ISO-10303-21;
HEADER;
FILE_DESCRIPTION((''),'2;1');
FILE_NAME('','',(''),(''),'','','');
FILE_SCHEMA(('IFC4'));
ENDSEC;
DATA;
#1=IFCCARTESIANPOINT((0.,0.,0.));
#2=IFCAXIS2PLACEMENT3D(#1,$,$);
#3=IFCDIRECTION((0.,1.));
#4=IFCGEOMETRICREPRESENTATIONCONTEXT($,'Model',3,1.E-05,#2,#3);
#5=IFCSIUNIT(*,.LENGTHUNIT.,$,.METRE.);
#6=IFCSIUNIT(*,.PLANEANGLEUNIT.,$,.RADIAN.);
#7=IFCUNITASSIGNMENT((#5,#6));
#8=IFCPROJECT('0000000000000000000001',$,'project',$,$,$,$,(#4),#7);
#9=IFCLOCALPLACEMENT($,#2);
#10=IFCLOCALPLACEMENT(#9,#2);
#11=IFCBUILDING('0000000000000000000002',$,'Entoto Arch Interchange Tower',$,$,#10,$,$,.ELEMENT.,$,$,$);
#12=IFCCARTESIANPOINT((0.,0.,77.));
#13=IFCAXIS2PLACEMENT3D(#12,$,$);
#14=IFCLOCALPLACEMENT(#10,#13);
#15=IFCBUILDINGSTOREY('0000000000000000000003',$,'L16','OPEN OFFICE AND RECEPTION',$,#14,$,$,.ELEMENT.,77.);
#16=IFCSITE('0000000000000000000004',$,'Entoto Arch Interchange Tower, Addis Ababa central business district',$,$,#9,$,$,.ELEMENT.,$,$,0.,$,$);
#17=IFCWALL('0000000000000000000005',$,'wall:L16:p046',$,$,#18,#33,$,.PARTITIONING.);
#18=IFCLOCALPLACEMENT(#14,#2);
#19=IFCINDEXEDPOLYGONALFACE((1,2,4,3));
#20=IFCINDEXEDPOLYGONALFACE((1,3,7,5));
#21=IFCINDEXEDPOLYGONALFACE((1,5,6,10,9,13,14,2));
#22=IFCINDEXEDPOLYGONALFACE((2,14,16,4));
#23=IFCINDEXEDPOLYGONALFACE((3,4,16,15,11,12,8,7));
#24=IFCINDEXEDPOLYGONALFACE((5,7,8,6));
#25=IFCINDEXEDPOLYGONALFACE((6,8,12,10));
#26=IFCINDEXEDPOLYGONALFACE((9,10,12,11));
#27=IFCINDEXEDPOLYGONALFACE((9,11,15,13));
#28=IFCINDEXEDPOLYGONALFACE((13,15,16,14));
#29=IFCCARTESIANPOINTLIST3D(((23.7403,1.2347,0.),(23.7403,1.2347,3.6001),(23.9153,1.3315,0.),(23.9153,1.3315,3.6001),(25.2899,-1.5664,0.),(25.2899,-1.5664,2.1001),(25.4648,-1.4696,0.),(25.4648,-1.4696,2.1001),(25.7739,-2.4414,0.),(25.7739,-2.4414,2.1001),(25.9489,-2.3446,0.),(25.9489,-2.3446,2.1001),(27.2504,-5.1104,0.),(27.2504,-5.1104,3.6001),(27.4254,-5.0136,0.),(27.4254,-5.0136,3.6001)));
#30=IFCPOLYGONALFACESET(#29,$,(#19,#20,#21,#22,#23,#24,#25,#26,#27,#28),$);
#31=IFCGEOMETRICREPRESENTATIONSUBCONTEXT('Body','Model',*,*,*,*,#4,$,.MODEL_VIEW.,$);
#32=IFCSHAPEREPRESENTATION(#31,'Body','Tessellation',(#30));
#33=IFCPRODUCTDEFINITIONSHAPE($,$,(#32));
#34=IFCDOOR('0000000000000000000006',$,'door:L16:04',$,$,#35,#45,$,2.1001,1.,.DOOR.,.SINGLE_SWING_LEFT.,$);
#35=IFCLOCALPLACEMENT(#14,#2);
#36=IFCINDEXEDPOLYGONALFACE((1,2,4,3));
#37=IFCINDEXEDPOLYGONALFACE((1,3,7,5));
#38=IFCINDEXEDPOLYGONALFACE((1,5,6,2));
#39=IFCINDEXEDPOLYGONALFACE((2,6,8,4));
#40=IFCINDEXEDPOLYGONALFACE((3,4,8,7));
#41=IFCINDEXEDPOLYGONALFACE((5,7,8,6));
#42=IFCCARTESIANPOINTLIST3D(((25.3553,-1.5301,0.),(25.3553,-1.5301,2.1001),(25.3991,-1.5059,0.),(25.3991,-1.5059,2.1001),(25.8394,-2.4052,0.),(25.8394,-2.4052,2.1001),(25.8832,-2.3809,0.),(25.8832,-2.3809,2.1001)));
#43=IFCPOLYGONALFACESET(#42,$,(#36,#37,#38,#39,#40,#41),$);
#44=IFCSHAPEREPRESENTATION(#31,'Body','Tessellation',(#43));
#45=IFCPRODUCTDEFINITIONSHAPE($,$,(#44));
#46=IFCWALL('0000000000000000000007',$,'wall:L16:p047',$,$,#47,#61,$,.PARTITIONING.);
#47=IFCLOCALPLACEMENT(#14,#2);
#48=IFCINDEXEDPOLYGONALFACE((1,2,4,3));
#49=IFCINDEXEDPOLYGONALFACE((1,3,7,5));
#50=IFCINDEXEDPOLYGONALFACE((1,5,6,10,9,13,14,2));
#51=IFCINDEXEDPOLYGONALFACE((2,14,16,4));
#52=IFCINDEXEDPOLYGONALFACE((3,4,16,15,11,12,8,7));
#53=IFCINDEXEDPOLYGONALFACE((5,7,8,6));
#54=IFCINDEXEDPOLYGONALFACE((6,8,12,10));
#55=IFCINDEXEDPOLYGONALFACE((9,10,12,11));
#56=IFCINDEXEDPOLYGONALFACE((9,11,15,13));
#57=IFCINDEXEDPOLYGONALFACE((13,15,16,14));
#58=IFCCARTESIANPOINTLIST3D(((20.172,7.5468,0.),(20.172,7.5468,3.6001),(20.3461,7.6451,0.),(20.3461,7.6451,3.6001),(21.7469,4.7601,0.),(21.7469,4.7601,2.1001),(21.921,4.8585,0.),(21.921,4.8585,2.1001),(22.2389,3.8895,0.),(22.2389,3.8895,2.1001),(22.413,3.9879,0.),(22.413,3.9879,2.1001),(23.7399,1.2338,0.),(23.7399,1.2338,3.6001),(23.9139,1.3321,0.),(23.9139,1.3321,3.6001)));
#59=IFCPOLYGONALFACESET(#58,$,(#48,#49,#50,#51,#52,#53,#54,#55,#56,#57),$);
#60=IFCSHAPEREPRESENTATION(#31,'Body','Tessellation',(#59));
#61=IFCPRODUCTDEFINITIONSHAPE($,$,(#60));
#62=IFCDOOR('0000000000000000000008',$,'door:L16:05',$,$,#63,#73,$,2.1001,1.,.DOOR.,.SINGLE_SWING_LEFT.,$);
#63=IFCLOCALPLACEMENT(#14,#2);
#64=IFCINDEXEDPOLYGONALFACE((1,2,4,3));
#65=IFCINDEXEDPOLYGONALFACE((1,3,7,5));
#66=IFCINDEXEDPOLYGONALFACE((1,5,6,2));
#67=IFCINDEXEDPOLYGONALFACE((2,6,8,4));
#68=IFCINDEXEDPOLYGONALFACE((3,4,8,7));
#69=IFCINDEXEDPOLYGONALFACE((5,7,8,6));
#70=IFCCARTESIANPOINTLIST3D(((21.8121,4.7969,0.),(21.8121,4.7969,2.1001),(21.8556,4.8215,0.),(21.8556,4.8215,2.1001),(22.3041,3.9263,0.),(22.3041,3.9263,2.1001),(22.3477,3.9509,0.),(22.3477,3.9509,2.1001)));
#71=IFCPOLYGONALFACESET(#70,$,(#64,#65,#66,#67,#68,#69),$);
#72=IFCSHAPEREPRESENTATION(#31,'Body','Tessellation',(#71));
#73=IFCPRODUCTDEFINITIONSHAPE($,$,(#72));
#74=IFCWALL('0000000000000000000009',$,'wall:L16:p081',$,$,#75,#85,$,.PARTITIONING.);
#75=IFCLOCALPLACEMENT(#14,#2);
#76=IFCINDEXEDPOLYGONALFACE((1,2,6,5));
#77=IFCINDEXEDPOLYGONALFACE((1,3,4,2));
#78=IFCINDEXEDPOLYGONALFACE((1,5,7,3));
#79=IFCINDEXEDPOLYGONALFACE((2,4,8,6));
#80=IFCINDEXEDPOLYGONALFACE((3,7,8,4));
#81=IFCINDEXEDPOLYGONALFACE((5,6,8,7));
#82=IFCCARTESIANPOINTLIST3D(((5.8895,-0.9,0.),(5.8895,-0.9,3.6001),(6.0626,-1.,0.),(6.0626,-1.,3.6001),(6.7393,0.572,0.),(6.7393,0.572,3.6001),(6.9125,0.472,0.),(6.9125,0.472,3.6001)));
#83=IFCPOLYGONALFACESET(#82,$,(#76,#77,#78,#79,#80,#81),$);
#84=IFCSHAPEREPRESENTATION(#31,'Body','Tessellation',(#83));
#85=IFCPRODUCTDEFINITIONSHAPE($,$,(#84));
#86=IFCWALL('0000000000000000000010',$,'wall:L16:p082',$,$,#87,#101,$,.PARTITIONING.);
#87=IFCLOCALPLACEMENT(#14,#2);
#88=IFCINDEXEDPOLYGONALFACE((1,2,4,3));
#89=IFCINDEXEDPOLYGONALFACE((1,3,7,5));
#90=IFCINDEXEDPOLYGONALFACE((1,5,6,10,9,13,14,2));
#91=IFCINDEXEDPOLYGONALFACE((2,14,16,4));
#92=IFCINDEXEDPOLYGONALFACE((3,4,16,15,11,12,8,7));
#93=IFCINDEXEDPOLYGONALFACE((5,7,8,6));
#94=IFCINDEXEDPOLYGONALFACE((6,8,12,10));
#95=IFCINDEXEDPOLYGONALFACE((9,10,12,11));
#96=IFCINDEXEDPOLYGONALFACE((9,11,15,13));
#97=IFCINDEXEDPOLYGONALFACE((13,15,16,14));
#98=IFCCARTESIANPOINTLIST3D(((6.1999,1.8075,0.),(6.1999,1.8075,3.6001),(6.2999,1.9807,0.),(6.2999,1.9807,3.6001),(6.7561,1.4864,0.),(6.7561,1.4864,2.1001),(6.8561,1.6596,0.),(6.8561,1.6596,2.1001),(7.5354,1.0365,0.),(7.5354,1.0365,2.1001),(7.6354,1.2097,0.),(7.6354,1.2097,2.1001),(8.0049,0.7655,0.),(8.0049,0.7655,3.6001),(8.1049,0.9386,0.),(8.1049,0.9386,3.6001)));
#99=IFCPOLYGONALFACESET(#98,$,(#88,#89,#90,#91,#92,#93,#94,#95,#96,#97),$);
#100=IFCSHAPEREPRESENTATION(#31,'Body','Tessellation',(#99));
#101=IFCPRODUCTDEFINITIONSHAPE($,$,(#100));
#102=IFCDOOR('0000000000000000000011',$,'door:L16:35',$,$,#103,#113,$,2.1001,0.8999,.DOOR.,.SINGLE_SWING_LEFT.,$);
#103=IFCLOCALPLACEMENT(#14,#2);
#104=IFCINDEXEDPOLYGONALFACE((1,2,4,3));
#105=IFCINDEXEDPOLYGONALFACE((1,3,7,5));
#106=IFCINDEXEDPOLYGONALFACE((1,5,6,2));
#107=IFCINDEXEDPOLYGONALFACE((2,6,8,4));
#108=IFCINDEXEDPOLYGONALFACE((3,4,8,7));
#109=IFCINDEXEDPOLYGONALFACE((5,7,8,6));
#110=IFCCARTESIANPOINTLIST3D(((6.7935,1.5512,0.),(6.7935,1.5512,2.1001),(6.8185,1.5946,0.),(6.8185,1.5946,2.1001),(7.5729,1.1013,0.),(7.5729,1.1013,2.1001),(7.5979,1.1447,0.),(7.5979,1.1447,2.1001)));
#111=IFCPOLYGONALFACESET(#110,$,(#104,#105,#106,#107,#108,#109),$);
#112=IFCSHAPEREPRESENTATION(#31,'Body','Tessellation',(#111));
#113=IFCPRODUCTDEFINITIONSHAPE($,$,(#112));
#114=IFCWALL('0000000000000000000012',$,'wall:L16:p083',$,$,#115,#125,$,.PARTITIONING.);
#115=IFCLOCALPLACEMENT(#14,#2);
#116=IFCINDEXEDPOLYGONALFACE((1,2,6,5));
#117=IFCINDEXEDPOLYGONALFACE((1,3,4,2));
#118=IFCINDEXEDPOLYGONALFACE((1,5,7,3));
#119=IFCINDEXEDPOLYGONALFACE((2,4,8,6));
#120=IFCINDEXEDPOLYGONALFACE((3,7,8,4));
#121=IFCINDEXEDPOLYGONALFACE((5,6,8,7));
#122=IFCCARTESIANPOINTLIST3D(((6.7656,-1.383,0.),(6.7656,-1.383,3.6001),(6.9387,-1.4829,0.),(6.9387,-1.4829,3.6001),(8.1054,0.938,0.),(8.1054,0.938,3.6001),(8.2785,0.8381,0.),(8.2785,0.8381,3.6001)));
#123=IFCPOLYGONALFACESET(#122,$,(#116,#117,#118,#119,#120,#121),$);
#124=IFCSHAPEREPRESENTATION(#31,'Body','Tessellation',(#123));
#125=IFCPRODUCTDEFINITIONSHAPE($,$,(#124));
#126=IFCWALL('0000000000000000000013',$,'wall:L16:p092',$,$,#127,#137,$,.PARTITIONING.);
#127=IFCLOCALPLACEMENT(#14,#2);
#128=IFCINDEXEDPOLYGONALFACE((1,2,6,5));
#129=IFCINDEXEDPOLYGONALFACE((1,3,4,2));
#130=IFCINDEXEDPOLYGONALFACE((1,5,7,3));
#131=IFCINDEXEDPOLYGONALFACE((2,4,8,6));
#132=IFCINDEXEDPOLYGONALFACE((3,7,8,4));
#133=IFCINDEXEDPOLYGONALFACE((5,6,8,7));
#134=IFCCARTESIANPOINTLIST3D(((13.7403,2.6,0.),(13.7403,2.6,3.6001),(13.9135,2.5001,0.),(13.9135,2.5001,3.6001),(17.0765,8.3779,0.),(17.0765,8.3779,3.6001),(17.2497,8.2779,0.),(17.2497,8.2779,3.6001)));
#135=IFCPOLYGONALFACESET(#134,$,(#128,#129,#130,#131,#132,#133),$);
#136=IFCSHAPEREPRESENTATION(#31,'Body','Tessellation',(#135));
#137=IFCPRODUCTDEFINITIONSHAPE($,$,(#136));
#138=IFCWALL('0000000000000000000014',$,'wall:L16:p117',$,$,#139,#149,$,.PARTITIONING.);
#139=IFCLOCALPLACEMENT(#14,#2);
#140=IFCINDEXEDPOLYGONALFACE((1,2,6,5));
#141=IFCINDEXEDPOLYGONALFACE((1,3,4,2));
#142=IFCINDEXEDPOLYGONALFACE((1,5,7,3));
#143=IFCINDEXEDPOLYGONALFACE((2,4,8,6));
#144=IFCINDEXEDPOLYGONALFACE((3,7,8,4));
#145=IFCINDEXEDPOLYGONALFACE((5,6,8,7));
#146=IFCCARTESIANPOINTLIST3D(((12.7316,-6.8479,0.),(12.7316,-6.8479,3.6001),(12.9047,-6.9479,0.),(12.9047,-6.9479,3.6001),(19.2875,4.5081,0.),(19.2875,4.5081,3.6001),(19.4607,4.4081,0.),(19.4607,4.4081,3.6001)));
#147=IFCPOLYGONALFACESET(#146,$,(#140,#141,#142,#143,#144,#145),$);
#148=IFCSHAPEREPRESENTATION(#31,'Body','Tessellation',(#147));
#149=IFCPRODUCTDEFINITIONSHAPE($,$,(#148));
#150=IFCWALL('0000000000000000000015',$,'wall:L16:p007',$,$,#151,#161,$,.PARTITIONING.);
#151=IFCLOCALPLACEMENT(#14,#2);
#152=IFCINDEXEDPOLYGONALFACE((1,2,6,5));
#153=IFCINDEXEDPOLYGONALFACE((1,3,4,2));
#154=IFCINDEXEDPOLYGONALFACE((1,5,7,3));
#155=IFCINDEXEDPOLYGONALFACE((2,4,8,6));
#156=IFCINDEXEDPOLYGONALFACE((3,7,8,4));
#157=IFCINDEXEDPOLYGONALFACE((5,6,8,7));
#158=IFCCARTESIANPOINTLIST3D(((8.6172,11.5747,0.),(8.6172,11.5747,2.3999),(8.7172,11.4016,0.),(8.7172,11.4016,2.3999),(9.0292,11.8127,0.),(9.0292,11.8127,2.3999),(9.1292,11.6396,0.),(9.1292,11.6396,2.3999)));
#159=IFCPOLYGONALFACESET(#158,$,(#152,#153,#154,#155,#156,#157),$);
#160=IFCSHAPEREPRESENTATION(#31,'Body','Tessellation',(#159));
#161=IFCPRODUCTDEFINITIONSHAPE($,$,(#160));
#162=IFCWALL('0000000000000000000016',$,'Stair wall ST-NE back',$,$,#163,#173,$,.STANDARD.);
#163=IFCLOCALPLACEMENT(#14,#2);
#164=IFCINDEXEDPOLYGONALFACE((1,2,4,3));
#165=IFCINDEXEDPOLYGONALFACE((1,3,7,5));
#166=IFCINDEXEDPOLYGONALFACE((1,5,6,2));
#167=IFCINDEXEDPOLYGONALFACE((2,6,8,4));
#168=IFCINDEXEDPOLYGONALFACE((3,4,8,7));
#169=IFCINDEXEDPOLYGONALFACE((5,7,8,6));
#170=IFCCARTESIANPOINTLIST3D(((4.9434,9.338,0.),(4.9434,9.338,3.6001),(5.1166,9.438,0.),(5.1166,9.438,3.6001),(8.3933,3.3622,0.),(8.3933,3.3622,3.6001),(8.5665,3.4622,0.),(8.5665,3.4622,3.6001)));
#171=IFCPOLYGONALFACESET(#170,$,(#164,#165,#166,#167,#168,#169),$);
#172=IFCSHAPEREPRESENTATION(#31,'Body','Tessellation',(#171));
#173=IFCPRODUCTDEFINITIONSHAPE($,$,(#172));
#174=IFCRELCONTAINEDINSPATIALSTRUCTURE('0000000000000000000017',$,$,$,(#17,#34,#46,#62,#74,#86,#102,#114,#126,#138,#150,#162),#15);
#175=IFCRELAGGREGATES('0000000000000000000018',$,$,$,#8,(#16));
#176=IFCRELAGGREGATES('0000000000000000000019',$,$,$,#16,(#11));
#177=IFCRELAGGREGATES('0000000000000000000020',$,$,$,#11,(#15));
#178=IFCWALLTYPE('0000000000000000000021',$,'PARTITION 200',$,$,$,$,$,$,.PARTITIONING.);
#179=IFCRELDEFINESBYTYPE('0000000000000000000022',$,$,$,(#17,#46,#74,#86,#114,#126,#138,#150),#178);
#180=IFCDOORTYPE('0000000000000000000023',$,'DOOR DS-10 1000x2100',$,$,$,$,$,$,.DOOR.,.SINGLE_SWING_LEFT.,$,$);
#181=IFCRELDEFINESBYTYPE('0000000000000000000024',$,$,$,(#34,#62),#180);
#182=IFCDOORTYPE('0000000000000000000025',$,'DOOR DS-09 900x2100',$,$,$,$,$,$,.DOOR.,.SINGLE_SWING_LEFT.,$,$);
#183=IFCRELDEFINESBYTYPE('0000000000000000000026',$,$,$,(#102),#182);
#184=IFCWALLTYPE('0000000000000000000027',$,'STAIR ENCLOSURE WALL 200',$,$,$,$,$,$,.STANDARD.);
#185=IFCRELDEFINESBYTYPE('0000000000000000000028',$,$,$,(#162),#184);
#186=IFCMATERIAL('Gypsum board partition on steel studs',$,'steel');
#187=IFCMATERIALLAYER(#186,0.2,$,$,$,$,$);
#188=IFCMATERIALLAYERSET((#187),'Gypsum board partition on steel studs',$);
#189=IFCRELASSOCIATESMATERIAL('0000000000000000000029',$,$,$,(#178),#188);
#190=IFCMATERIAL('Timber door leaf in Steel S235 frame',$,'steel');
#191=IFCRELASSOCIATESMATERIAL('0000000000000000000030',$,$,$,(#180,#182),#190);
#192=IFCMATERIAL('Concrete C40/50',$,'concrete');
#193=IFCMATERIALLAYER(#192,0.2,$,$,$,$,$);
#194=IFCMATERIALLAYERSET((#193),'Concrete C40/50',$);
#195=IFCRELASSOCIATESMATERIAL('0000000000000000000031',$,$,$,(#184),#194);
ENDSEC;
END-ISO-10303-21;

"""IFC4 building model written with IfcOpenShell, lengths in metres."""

from ifc_helpers import new_model, si_unit, direction, frame, frame_2d, origin, place, context, subcontext, project, spatial, rectangle, extrude, material, layer, layer_set, type_object, element, fill, save


model = new_model("IFC4")

# Units and contexts
model_context = context("Model", 3, precision=1e-05, world=origin(), true_north=direction((0.0, 1.0)))
body_context = subcontext(model_context, "Body", "Model", "MODEL_VIEW")
ifc_project = project(units=[si_unit("LENGTHUNIT", "METRE"), si_unit("PLANEANGLEUNIT", "RADIAN")], contexts=[model_context])

# Site, building, storey
site_placement = place(None, origin())
site = spatial("IfcSite", under=ifc_project, at=site_placement, Name="Entoto Arch Interchange Tower, Addis Ababa central business district", CompositionType="ELEMENT", RefElevation=0.0)
building_placement = place(site_placement, origin())
building = spatial("IfcBuilding", under=site, at=building_placement, Name="Entoto Arch Interchange Tower", CompositionType="ELEMENT")
storey_placement = place(building_placement, frame((0.0, 0.0, 77.0)))
storey = spatial("IfcBuildingStorey", under=building, at=storey_placement, Name="L16", Description="OPEN OFFICE AND RECEPTION", CompositionType="ELEMENT", Elevation=77.0)

# Shared definitions
ifc_material_1 = material(Name="Concrete C40/50", Category="concrete")
ifc_material_2 = material(Name="Gypsum board partition on steel studs", Category="steel")
ifc_layer_1 = layer(ifc_material_2, 0.2)
ifc_layer_set_1 = layer_set([ifc_layer_1], Name="Gypsum board partition on steel studs")
wall_type_1 = type_object("IfcWallType", Name="PARTITION 200", PredefinedType="PARTITIONING", material=ifc_layer_set_1)

# Walls, openings, doors
wall_1_placement = place(storey_placement, frame((23.8279, 1.283, 0.0), z_axis=(0.0, 0.0, 1.0), x_axis=(0.484064, -0.875033, 0.0)))
wall_1 = element("IfcWall", 1, at=wall_1_placement, inside=storey, type_object=wall_type_1, Name="wall:L16:p046", PredefinedType="PARTITIONING", context=body_context, shape_type="SweptSolid", body=[
    extrude(rectangle(XDim=7.2512, YDim=0.2, at=frame_2d((3.6255, 0.0))), origin(), (0.0, 0.0, 1.0), 3.6001),
])
opening_1_placement = place(wall_1_placement, frame((3.2009, 0.0, 0.0)))
opening_1 = element("IfcOpeningElement", 2, at=opening_1_placement, cuts=wall_1, PredefinedType="OPENING", context=body_context, shape_type="SweptSolid", body=[
    extrude(rectangle(XDim=1.0, YDim=2.1001, at=frame_2d((0.5, 1.05))), frame((0.0, 0.1099, 0.0), z_axis=(0.0, -1.0, 0.0), x_axis=(1.0, 0.0, 0.0)), (0.0, 0.0, 1.0), 0.22),
])
ifc_material_3 = material(Name="Timber door leaf in Steel S235 frame", Category="steel")
door_type_1 = type_object("IfcDoorType", Name="DOOR DS-10 1000x2100", OperationType="SINGLE_SWING_LEFT", PredefinedType="DOOR", material=ifc_material_3)
door_1_placement = place(opening_1_placement, origin())
door_1 = element("IfcDoor", 3, at=door_1_placement, inside=storey, type_object=door_type_1, Name="door:L16:04", OperationType="SINGLE_SWING_LEFT", OverallHeight=2.1001, OverallWidth=1.0, PredefinedType="DOOR", context=body_context, shape_type="SweptSolid", body=[
    extrude(rectangle(XDim=1.0, YDim=2.1001, at=frame_2d((0.5, 1.05))), frame((0.0, 0.0249, 0.0), z_axis=(0.0, -1.0, 0.0), x_axis=(1.0, 0.0, 0.0)), (0.0, 0.0, 1.0), 0.05),
])
fill(opening_1, door_1)
wall_2_placement = place(storey_placement, frame((20.259, 7.5959, 0.0), z_axis=(0.0, 0.0, 1.0), x_axis=(0.492022, -0.870583, 0.0)))
wall_2 = element("IfcWall", 4, at=wall_2_placement, inside=storey, type_object=wall_type_1, Name="wall:L16:p047", PredefinedType="PARTITIONING", context=body_context, shape_type="SweptSolid", body=[
    extrude(rectangle(XDim=7.2515, YDim=0.2, at=frame_2d((3.6257, 0.0))), origin(), (0.0, 0.0, 1.0), 3.6001),
])
opening_2_placement = place(wall_2_placement, frame((3.2009, 0.0, 0.0)))
opening_2 = element("IfcOpeningElement", 5, at=opening_2_placement, cuts=wall_2, PredefinedType="OPENING", context=body_context, shape_type="SweptSolid", body=[
    extrude(rectangle(XDim=1.0, YDim=2.1001, at=frame_2d((0.5, 1.05))), frame((0.0, 0.1099, 0.0), z_axis=(0.0, -1.0, 0.0), x_axis=(1.0, 0.0, 0.0)), (0.0, 0.0, 1.0), 0.22),
])
door_2_placement = place(opening_2_placement, origin())
door_2 = element("IfcDoor", 6, at=door_2_placement, inside=storey, type_object=door_type_1, Name="door:L16:05", OperationType="SINGLE_SWING_LEFT", OverallHeight=2.1001, OverallWidth=1.0, PredefinedType="DOOR", context=body_context, shape_type="SweptSolid", body=[
    extrude(rectangle(XDim=1.0, YDim=2.1001, at=frame_2d((0.5, 1.05))), frame((0.0, 0.0249, 0.0), z_axis=(0.0, -1.0, 0.0), x_axis=(1.0, 0.0, 0.0)), (0.0, 0.0, 1.0), 0.05),
])
fill(opening_2, door_2)

# Wall
wall_3_placement = place(storey_placement, frame((6.8259, 0.522, 0.0), z_axis=(0.0, 0.0, 1.0), x_axis=(-0.500017, -0.866016, 0.0)))
element("IfcWall", 7, at=wall_3_placement, inside=storey, type_object=wall_type_1, Name="wall:L16:p081", PredefinedType="PARTITIONING", context=body_context, shape_type="SweptSolid", body=[
    extrude(rectangle(XDim=1.6997, YDim=0.2, at=frame_2d((0.8499, 0.0))), origin(), (0.0, 0.0, 1.0), 3.6001),
])

# Wall, opening, door
wall_4_placement = place(storey_placement, frame((6.25, 1.894, 0.0), z_axis=(0.0, 0.0, 1.0), x_axis=(0.866043, -0.499969, 0.0)))
wall_4 = element("IfcWall", 8, at=wall_4_placement, inside=storey, type_object=wall_type_1, Name="wall:L16:p082", PredefinedType="PARTITIONING", context=body_context, shape_type="SweptSolid", body=[
    extrude(rectangle(XDim=2.0842, YDim=0.2, at=frame_2d((1.042, 0.0))), origin(), (0.0, 0.0, 1.0), 3.6001),
])
opening_3_placement = place(wall_4_placement, frame((0.6421, 0.0, 0.0)))
opening_3 = element("IfcOpeningElement", 9, at=opening_3_placement, cuts=wall_4, PredefinedType="OPENING", context=body_context, shape_type="SweptSolid", body=[
    extrude(rectangle(XDim=0.8999, YDim=2.1001, at=frame_2d((0.45, 1.05))), frame((0.0, 0.1099, 0.0), z_axis=(0.0, -1.0, 0.0), x_axis=(1.0, 0.0, 0.0)), (0.0, 0.0, 1.0), 0.22),
])
door_type_2 = type_object("IfcDoorType", Name="DOOR DS-09 900x2100", OperationType="SINGLE_SWING_LEFT", PredefinedType="DOOR", material=ifc_material_3)
door_3_placement = place(opening_3_placement, origin())
door_3 = element("IfcDoor", 10, at=door_3_placement, inside=storey, type_object=door_type_2, Name="door:L16:35", OperationType="SINGLE_SWING_LEFT", OverallHeight=2.1001, OverallWidth=0.8999, PredefinedType="DOOR", context=body_context, shape_type="SweptSolid", body=[
    extrude(rectangle(XDim=0.8999, YDim=2.1001, at=frame_2d((0.45, 1.05))), frame((0.0, 0.0249, 0.0), z_axis=(0.0, -1.0, 0.0), x_axis=(1.0, 0.0, 0.0)), (0.0, 0.0, 1.0), 0.05),
])
fill(opening_3, door_3)

# Walls
wall_5_placement = place(storey_placement, frame((8.1919, 0.8879, 0.0), z_axis=(0.0, 0.0, 1.0), x_axis=(-0.499941, -0.86606, 0.0)))
element("IfcWall", 11, at=wall_5_placement, inside=storey, type_object=wall_type_1, Name="wall:L16:p083", PredefinedType="PARTITIONING", context=body_context, shape_type="SweptSolid", body=[
    extrude(rectangle(XDim=2.6799, YDim=0.2, at=frame_2d((1.3398, 0.0))), origin(), (0.0, 0.0, 1.0), 3.6001),
])
wall_6_placement = place(storey_placement, frame((13.8269, 2.55, 0.0), z_axis=(0.0, 0.0, 1.0), x_axis=(0.500039, 0.866003, 0.0)))
element("IfcWall", 12, at=wall_6_placement, inside=storey, type_object=wall_type_1, Name="wall:L16:p092", PredefinedType="PARTITIONING", context=body_context, shape_type="SweptSolid", body=[
    extrude(rectangle(XDim=6.6719, YDim=0.2, at=frame_2d((3.3359, 0.0))), origin(), (0.0, 0.0, 1.0), 3.6001),
])
wall_7_placement = place(storey_placement, frame((19.374, 4.458, 0.0), z_axis=(0.0, 0.0, 1.0), x_axis=(-0.499974, -0.86604, 0.0)))
element("IfcWall", 13, at=wall_7_placement, inside=storey, type_object=wall_type_1, Name="wall:L16:p117", PredefinedType="PARTITIONING", context=body_context, shape_type="SweptSolid", body=[
    extrude(rectangle(XDim=13.1125, YDim=0.2, at=frame_2d((6.5562, 0.0))), origin(), (0.0, 0.0, 1.0), 3.6001),
])
wall_8_placement = place(storey_placement, frame((9.0791, 11.7261, 0.0), z_axis=(0.0, 0.0, 1.0), x_axis=(-0.865929, -0.500166, 0.0)))
element("IfcWall", 14, at=wall_8_placement, inside=storey, type_object=wall_type_1, Name="wall:L16:p007", PredefinedType="PARTITIONING", context=body_context, shape_type="SweptSolid", body=[
    extrude(rectangle(XDim=0.4758, YDim=0.2, at=frame_2d((0.2378, 0.0))), origin(), (0.0, 0.0, 1.0), 2.3999),
])
ifc_layer_2 = layer(ifc_material_1, 0.2)
ifc_layer_set_2 = layer_set([ifc_layer_2], Name="Concrete C40/50")
wall_type_2 = type_object("IfcWallType", Name="STAIR ENCLOSURE WALL 200", PredefinedType="STANDARD", material=ifc_layer_set_2)
wall_9_placement = place(storey_placement, frame((8.48, 3.4121, 0.0), z_axis=(0.0, 0.0, 1.0), x_axis=(-0.499979, 0.866038, 0.0)))
element("IfcWall", 15, at=wall_9_placement, inside=storey, type_object=wall_type_2, Name="Stair wall ST-NE back", PredefinedType="STANDARD", context=body_context, shape_type="SweptSolid", body=[
    extrude(rectangle(XDim=6.9001, YDim=0.2, at=frame_2d((3.4502, 0.0))), origin(), (0.0, 0.0, 1.0), 3.6001),
])

save(model, "model.ifc")
